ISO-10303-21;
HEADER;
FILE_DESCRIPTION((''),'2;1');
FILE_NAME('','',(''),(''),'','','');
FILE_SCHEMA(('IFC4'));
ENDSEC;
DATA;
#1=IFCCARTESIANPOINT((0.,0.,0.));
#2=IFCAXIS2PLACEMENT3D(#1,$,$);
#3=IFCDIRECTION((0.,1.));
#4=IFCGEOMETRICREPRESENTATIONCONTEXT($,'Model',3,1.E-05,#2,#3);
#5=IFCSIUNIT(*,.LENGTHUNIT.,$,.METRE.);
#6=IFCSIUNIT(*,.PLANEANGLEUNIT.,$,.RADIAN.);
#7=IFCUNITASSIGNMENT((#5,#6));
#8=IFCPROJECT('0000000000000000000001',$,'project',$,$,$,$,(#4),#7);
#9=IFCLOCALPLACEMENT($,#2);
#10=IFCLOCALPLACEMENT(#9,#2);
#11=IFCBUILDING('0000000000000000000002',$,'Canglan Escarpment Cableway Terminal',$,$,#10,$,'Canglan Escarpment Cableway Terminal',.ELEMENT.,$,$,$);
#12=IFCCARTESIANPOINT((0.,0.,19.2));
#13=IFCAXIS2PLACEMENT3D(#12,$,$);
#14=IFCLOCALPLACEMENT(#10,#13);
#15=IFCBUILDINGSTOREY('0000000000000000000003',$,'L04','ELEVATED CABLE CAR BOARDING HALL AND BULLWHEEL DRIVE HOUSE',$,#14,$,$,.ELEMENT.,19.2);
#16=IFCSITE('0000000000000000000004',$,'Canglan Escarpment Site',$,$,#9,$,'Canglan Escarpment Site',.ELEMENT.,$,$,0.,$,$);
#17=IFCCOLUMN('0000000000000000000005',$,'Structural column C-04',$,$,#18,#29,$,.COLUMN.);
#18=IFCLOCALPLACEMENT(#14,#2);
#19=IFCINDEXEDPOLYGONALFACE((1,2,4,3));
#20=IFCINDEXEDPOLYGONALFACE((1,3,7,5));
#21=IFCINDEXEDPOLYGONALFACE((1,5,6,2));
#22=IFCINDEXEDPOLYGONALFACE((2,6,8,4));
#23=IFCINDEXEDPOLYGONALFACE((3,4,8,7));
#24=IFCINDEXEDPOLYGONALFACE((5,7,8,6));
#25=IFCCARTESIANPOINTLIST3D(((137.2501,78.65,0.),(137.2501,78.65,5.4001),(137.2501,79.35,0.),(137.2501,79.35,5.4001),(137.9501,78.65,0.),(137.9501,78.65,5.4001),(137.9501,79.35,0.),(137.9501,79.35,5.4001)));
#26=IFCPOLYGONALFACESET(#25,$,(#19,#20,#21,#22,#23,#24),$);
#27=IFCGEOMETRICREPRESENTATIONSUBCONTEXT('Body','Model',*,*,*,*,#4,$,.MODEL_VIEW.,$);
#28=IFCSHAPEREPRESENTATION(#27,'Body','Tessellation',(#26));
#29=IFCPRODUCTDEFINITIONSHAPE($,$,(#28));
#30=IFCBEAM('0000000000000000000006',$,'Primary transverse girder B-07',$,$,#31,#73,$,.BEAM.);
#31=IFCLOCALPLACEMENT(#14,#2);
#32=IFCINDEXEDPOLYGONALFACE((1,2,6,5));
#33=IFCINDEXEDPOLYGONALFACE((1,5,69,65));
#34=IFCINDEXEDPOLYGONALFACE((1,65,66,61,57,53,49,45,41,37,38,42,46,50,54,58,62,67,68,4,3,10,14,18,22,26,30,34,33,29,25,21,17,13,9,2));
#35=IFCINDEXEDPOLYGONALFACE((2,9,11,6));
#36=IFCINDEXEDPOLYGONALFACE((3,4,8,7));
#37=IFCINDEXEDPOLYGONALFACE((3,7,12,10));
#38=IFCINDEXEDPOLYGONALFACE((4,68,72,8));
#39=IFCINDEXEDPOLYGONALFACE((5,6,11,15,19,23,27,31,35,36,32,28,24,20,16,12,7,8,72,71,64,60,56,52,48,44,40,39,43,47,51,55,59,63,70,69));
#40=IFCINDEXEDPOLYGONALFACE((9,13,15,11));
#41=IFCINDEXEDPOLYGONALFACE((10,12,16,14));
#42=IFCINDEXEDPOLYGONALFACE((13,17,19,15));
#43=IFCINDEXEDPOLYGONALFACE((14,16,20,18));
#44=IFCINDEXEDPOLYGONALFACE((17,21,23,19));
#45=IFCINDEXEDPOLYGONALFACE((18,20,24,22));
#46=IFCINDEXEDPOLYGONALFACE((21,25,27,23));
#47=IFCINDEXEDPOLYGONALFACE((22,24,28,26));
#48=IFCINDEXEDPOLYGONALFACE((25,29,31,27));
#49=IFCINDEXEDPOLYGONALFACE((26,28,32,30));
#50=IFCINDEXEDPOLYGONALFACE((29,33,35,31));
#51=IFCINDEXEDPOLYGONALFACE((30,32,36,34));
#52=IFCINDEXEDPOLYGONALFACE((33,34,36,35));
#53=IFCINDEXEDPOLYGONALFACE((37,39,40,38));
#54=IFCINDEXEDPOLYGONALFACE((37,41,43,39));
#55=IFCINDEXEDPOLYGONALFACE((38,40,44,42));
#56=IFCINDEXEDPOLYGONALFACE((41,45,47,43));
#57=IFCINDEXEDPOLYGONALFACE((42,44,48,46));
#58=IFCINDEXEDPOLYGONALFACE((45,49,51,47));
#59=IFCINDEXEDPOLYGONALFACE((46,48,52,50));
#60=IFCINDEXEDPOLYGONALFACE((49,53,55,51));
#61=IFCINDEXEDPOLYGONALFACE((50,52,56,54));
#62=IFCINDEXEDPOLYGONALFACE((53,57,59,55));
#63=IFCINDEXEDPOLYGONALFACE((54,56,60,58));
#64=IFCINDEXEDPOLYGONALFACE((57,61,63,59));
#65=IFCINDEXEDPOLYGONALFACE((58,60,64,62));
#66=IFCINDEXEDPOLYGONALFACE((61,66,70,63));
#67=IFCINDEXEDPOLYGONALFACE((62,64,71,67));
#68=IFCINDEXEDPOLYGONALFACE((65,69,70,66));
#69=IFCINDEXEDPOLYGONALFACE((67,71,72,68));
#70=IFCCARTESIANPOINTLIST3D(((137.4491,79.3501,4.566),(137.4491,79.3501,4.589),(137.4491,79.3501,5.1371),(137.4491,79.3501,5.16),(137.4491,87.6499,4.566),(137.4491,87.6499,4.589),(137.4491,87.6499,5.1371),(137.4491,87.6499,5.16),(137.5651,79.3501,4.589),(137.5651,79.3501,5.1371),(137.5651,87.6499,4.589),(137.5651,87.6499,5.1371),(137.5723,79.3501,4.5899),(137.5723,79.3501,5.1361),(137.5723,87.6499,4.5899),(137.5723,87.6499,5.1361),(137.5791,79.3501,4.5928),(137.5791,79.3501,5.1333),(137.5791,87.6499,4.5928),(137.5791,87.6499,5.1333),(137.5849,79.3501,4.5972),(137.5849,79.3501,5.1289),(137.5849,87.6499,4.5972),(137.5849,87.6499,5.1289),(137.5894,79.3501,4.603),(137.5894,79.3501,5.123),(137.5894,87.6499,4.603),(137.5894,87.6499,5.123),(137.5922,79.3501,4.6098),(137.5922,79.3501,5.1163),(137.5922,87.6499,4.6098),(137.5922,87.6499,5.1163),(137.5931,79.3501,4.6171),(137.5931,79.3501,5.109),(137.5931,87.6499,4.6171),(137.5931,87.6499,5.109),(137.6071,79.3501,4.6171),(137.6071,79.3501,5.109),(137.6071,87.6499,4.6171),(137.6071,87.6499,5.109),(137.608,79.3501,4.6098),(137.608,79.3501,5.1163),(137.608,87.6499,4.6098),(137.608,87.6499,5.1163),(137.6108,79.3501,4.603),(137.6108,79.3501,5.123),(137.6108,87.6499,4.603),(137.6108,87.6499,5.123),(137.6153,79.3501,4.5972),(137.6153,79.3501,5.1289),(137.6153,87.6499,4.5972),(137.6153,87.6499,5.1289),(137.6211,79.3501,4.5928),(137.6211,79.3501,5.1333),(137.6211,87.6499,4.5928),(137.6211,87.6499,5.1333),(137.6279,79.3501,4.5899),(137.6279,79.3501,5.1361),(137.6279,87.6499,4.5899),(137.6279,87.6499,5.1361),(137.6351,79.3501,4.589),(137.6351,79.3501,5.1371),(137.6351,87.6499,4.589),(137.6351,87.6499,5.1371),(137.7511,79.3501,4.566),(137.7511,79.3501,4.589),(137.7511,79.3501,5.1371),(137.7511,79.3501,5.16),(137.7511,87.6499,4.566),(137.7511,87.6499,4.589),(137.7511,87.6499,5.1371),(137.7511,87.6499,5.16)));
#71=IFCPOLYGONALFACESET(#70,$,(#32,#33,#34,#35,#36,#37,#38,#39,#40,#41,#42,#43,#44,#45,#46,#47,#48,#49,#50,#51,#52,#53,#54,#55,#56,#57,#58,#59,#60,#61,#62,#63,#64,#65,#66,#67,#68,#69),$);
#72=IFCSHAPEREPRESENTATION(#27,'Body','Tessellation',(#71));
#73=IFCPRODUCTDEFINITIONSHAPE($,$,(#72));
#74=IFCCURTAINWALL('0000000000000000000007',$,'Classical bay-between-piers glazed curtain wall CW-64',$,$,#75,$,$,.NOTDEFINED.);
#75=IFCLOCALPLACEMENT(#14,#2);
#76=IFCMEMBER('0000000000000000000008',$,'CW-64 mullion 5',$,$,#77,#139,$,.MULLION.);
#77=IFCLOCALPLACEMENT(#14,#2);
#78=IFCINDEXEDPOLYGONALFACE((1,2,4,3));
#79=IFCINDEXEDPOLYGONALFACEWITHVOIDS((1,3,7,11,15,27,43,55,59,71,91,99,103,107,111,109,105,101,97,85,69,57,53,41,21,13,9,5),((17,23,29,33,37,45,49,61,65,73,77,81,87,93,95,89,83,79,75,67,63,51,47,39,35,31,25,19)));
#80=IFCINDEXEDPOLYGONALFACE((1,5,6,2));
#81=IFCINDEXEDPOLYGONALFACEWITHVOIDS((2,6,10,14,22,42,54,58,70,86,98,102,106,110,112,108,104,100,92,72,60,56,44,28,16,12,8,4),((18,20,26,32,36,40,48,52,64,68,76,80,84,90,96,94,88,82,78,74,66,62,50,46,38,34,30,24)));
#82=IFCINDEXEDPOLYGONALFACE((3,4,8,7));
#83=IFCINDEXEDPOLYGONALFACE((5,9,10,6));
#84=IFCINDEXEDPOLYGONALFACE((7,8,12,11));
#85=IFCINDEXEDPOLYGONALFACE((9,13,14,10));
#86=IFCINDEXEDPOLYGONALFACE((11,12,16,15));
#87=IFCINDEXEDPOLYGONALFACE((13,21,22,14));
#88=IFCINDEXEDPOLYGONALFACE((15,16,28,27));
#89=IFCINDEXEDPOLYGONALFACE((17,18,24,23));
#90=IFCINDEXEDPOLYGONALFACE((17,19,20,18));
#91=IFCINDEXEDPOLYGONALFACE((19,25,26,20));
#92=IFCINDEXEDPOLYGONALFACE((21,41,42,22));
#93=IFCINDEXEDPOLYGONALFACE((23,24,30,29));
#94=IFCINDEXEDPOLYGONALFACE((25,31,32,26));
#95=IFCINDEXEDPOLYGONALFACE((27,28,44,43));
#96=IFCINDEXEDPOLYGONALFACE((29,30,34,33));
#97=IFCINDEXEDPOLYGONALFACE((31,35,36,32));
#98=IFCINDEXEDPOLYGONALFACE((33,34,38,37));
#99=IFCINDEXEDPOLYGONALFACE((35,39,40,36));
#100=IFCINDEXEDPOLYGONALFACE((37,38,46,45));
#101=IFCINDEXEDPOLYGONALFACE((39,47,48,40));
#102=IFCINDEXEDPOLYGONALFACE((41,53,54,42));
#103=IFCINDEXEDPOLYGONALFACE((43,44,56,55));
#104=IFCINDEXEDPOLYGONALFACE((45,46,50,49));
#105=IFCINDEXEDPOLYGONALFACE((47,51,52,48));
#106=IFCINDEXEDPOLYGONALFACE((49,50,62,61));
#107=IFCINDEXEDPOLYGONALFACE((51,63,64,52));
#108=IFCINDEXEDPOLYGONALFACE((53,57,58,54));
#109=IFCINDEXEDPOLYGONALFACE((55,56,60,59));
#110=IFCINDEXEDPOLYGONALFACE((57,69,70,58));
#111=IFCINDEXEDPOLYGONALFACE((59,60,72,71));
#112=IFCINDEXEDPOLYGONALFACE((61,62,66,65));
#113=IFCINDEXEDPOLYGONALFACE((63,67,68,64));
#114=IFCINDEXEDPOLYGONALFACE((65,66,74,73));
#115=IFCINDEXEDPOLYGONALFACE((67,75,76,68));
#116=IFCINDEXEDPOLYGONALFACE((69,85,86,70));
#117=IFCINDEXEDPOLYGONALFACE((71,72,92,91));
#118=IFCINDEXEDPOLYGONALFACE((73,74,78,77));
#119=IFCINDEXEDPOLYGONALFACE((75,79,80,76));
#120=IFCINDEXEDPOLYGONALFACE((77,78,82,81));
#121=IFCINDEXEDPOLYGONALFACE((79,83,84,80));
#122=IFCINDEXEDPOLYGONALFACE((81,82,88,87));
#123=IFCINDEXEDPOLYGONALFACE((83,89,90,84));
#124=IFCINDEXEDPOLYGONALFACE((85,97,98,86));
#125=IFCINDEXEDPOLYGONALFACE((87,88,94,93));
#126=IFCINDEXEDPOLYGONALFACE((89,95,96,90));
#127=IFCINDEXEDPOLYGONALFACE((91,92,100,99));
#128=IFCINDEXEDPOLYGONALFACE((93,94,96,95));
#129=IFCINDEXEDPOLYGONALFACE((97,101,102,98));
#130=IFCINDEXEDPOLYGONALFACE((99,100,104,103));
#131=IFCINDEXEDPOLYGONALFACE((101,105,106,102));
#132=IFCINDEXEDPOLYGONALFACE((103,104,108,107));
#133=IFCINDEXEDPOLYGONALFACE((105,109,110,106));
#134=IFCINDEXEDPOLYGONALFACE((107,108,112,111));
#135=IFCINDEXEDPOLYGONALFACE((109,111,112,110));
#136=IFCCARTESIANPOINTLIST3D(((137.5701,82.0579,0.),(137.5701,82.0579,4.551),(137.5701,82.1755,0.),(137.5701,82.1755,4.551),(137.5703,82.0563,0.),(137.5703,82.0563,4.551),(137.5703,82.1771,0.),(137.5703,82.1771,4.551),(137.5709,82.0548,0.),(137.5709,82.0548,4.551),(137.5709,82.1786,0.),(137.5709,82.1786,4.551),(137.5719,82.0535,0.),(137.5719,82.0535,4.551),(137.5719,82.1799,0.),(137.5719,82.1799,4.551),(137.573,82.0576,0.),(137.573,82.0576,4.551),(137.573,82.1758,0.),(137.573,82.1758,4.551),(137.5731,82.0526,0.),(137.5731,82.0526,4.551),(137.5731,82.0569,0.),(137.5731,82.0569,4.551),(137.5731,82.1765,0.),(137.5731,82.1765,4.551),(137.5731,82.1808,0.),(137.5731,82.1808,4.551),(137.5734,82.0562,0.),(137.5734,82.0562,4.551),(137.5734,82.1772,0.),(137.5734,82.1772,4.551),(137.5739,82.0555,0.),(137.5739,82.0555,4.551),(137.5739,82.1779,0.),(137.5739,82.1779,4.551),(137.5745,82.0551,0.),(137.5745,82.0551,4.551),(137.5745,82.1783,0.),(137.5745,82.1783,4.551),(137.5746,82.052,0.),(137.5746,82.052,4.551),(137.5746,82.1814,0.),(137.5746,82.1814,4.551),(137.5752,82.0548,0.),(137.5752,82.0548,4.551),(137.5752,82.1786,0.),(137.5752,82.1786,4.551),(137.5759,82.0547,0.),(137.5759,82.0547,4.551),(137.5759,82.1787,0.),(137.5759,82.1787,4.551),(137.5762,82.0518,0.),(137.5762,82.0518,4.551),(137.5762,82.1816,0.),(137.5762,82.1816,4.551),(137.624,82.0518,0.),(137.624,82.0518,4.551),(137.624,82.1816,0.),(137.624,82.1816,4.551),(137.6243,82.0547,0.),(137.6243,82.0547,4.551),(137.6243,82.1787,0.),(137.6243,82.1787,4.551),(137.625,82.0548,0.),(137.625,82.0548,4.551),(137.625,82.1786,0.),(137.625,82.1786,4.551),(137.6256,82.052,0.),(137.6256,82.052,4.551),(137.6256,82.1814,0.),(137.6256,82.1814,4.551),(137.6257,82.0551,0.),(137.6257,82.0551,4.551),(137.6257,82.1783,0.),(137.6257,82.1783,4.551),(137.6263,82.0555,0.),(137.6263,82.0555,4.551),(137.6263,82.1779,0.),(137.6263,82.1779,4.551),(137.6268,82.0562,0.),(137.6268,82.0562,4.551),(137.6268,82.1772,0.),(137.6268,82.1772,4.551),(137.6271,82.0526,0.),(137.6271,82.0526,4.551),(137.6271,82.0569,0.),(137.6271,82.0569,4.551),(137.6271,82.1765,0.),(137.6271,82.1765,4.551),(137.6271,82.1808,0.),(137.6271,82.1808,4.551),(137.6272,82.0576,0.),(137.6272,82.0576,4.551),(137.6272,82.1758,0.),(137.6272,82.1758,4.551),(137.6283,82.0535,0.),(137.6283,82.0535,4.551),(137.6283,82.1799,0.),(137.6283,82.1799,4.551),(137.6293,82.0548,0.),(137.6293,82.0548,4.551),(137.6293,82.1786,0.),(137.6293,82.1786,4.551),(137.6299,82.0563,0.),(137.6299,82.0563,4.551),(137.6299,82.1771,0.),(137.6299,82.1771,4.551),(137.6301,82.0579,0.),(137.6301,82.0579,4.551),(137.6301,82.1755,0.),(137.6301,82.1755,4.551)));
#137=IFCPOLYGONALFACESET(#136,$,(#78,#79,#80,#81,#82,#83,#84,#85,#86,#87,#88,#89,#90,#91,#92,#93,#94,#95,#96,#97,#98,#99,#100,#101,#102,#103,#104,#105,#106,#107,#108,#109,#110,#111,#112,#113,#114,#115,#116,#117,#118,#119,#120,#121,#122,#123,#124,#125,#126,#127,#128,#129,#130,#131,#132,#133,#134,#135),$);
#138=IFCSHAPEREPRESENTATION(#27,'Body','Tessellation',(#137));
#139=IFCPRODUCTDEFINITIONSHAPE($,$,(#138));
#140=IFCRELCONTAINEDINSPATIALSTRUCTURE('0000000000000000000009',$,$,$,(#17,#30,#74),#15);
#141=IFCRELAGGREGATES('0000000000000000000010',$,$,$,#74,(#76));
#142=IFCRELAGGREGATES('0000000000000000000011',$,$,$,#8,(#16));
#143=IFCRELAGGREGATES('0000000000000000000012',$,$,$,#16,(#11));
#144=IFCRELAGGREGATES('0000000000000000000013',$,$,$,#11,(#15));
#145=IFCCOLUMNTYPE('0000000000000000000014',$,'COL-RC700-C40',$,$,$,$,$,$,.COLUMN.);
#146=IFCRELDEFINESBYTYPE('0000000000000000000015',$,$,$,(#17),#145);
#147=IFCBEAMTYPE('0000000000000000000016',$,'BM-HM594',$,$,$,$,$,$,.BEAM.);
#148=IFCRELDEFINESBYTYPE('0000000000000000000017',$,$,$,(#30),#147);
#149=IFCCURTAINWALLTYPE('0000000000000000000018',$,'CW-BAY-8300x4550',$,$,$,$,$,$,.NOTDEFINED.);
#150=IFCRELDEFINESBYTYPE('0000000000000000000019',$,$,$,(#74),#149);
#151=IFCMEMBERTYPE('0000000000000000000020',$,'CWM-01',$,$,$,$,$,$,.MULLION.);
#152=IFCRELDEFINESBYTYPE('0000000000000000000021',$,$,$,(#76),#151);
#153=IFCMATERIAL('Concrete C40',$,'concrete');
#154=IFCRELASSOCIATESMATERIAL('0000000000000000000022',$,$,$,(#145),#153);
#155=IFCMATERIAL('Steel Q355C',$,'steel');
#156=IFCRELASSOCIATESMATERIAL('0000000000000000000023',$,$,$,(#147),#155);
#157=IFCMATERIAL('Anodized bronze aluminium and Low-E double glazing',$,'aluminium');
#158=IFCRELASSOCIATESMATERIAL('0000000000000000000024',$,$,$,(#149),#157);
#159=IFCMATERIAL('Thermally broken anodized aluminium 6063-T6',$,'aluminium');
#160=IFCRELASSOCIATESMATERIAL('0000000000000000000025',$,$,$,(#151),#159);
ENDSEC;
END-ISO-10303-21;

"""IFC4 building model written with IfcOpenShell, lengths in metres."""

from ifc_helpers import new_model, si_unit, direction, frame, origin, origin_2d, place, context, subcontext, project, spatial, rectangle, hollow_rectangle, i_section, extrude, material, material_profile, profile_set, type_object, element, aggregate, save


model = new_model("IFC4")

# Units and contexts
model_context = context("Model", 3, precision=1e-05, world=origin(), true_north=direction((0.0, 1.0)))
body_context = subcontext(model_context, "Body", "Model", "MODEL_VIEW")
ifc_project = project(units=[si_unit("LENGTHUNIT", "METRE"), si_unit("PLANEANGLEUNIT", "RADIAN")], contexts=[model_context])

# Site, building, storey
site_placement = place(None, origin())
site = spatial("IfcSite", under=ifc_project, at=site_placement, Name="Canglan Escarpment Site", LongName="Canglan Escarpment Site", CompositionType="ELEMENT", RefElevation=0.0)
building_placement = place(site_placement, origin())
building = spatial("IfcBuilding", under=site, at=building_placement, Name="Canglan Escarpment Cableway Terminal", LongName="Canglan Escarpment Cableway Terminal", CompositionType="ELEMENT")
storey_placement = place(building_placement, frame((0.0, 0.0, 19.2)))
storey = spatial("IfcBuildingStorey", under=building, at=storey_placement, Name="L04", Description="ELEVATED CABLE CAR BOARDING HALL AND BULLWHEEL DRIVE HOUSE", CompositionType="ELEMENT", Elevation=19.2)

# Column
ifc_material_1 = material(Name="Concrete C40", Category="concrete")
ifc_material_profile_1 = material_profile(ifc_material_1, rectangle(XDim=0.7, YDim=0.7, at=origin_2d()), Name="RC 700x700")
ifc_profile_set_1 = profile_set([ifc_material_profile_1], Name="Concrete C40")
column_type = type_object("IfcColumnType", Name="COL-RC700-C40", PredefinedType="COLUMN", material=ifc_profile_set_1)
column_placement = place(storey_placement, frame((137.6001, 79.0, 0.0), z_axis=(0.0, 0.0, 1.0), x_axis=(1.0, 0.0, 0.0)))
element("IfcColumn", 1, at=column_placement, inside=storey, type_object=column_type, Name="Structural column C-04", PredefinedType="COLUMN", context=body_context, shape_type="SweptSolid", body=[
    extrude(rectangle(XDim=0.7, YDim=0.7, at=origin_2d()), origin(), (0.0, 0.0, 1.0), 5.4001),
])

# Beam
ifc_material_2 = material(Name="Steel Q355C", Category="steel")
ifc_material_profile_2 = material_profile(ifc_material_2, i_section(OverallWidth=0.302, OverallDepth=0.594, WebThickness=0.0139, FlangeThickness=0.0229, FilletRadius=0.0281, at=origin_2d()), Name="HM 594x302x14x23")
ifc_profile_set_2 = profile_set([ifc_material_profile_2], Name="Steel Q355C")
beam_type = type_object("IfcBeamType", Name="BM-HM594", PredefinedType="BEAM", material=ifc_profile_set_2)
beam_placement = place(storey_placement, frame((137.6001, 79.3501, 4.863), z_axis=(0.0, 1.0, 0.0), x_axis=(-1.0, 0.0, 0.0)))
element("IfcBeam", 2, at=beam_placement, inside=storey, type_object=beam_type, Name="Primary transverse girder B-07", PredefinedType="BEAM", context=body_context, shape_type="SweptSolid", body=[
    extrude(i_section(OverallWidth=0.302, OverallDepth=0.594, WebThickness=0.0139, FlangeThickness=0.0229, FilletRadius=0.0281, at=origin_2d()), origin(), (0.0, 0.0, 1.0), 8.2998),
])

# Curtain wall, member
ifc_material_3 = material(Name="Anodized bronze aluminium and Low-E double glazing", Category="aluminium")
curtain_wall_type = type_object("IfcCurtainWallType", Name="CW-BAY-8300x4550", PredefinedType="NOTDEFINED", material=ifc_material_3)
curtain_wall_1_placement = place(storey_placement, origin())
curtain_wall_1 = element("IfcCurtainWall", 3, at=curtain_wall_1_placement, inside=storey, type_object=curtain_wall_type, Name="Classical bay-between-piers glazed curtain wall CW-64", PredefinedType="NOTDEFINED")
ifc_material_4 = material(Name="Thermally broken anodized aluminium 6063-T6", Category="aluminium")
ifc_material_profile_3 = material_profile(ifc_material_4, hollow_rectangle(XDim=0.0601, YDim=0.1299, WallThickness=0.0029, InnerFilletRadius=0.0029, OuterFilletRadius=0.0061, at=origin_2d()), Name="ALU-MULL 60x130x3")
ifc_profile_set_3 = profile_set([ifc_material_profile_3], Name="Thermally broken anodized aluminium 6063-T6")
member_type_1 = type_object("IfcMemberType", Name="CWM-01", PredefinedType="MULLION", material=ifc_profile_set_3)
member_1_placement = place(storey_placement, frame((137.6001, 82.1167, 0.0), z_axis=(0.0, 0.0, 1.0), x_axis=(1.0, 0.0, 0.0)))
member_1 = element("IfcMember", 4, at=member_1_placement, type_object=member_type_1, Name="CW-64 mullion 5", PredefinedType="MULLION", context=body_context, shape_type="SweptSolid", body=[
    extrude(hollow_rectangle(XDim=0.0601, YDim=0.1299, WallThickness=0.0029, InnerFilletRadius=0.0029, OuterFilletRadius=0.0061, at=origin_2d()), origin(), (0.0, 0.0, 1.0), 4.551),
])

aggregate(curtain_wall_1, [member_1])

save(model, "model.ifc")
